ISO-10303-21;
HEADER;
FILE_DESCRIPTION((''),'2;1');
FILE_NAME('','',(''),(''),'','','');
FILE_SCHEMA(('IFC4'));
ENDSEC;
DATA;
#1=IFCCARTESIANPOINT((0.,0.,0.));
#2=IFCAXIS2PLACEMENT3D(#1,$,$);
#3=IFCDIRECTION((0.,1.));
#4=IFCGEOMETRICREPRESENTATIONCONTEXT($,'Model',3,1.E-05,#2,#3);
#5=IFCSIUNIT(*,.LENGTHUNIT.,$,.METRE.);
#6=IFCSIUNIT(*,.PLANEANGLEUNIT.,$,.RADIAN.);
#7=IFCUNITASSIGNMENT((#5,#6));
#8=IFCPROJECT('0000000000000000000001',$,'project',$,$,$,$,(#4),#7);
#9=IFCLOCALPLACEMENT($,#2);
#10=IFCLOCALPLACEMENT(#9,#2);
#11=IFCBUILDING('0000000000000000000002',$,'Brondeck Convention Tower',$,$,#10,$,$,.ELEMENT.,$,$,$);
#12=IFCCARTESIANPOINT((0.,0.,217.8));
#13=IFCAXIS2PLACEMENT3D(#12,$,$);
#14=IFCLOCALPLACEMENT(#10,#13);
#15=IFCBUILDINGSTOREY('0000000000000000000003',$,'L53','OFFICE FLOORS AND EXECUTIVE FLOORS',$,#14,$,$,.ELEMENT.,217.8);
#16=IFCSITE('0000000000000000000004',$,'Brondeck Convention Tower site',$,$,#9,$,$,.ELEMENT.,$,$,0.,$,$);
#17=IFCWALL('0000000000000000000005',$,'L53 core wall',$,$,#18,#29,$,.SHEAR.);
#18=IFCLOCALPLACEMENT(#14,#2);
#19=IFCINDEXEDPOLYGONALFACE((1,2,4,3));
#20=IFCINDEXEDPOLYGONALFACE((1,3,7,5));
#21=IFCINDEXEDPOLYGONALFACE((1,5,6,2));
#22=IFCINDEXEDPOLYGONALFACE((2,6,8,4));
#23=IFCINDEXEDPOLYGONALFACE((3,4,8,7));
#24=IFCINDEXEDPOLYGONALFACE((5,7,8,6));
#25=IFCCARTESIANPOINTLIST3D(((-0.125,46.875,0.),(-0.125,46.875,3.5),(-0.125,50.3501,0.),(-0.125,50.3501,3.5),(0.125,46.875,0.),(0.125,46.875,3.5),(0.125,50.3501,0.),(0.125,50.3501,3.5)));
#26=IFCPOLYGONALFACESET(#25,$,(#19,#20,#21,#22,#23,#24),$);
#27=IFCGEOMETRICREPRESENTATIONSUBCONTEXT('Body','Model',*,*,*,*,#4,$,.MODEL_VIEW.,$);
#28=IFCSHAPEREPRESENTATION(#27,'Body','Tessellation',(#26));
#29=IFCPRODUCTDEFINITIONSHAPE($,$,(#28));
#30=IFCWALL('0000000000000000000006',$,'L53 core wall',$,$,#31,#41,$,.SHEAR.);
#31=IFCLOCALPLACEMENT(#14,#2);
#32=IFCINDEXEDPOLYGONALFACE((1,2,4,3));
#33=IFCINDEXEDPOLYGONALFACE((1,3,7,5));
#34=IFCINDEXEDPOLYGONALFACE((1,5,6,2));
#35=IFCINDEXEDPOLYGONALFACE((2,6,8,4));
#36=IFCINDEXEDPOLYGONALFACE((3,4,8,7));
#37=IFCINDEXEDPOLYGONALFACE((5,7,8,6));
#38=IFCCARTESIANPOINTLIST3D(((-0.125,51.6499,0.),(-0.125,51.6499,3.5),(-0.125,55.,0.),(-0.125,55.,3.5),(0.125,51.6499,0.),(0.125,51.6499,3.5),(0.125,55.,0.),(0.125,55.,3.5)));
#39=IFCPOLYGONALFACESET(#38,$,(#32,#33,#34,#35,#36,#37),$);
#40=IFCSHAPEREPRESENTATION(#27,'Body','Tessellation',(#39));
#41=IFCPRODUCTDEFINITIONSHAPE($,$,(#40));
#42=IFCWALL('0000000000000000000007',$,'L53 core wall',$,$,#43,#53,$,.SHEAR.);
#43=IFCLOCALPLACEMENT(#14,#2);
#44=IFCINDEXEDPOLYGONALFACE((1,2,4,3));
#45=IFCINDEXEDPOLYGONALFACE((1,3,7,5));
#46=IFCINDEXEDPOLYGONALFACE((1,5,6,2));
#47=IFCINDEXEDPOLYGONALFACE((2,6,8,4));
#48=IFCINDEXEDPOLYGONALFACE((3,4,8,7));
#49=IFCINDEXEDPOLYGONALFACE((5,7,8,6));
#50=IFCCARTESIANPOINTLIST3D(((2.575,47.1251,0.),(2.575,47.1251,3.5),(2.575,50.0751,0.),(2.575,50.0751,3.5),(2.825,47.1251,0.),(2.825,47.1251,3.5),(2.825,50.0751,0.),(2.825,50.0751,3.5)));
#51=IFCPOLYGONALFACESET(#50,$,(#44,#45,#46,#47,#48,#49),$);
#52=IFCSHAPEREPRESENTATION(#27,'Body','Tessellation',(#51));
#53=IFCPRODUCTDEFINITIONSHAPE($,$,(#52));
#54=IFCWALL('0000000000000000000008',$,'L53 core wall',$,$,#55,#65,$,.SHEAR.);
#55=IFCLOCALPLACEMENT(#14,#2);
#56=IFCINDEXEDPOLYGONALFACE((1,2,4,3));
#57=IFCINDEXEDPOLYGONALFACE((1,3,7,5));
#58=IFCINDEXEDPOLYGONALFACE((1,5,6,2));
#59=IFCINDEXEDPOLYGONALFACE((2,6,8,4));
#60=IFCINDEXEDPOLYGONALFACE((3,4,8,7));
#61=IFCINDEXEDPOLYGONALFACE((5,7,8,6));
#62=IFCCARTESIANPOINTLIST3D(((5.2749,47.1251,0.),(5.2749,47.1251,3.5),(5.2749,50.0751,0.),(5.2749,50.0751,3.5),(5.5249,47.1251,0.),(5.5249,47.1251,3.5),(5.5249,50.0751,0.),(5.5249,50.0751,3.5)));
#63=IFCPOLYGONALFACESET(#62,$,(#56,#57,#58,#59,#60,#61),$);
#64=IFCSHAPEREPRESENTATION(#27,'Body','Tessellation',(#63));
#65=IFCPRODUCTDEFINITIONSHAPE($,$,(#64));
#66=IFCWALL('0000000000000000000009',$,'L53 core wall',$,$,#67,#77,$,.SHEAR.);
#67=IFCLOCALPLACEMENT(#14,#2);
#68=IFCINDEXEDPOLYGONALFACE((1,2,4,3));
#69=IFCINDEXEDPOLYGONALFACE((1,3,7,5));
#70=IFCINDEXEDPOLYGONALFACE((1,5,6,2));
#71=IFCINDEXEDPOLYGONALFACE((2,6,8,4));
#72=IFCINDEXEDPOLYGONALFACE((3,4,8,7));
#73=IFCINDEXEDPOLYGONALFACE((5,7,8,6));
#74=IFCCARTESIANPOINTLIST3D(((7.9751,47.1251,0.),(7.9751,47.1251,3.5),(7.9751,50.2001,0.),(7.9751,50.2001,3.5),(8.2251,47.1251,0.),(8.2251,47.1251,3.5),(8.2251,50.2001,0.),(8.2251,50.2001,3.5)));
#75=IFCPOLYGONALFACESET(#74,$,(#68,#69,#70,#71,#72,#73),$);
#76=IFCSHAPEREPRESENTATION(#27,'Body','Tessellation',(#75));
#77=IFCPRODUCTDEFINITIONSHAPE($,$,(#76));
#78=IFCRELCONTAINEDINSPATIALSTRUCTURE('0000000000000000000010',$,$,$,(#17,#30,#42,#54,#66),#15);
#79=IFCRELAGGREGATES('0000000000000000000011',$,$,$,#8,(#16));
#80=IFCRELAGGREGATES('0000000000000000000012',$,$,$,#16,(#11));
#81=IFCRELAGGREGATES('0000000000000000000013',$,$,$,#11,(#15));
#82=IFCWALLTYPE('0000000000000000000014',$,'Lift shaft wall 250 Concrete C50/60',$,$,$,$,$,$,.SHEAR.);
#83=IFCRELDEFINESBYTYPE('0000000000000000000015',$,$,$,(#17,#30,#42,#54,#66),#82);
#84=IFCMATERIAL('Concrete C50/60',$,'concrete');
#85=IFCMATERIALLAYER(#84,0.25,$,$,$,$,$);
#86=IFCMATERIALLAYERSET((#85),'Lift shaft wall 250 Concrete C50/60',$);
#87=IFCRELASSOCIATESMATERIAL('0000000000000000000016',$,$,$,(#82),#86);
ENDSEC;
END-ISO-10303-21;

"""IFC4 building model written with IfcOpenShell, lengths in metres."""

from ifc_helpers import new_model, si_unit, direction, frame, frame_2d, origin, place, context, subcontext, project, spatial, rectangle, extrude, material, layer, layer_set, type_object, element, save


model = new_model("IFC4")

# Units and contexts
model_context = context("Model", 3, precision=1e-05, world=origin(), true_north=direction((0.0, 1.0)))
body_context = subcontext(model_context, "Body", "Model", "MODEL_VIEW")
ifc_project = project(units=[si_unit("LENGTHUNIT", "METRE"), si_unit("PLANEANGLEUNIT", "RADIAN")], contexts=[model_context])

# Site, building, storey
site_placement = place(None, origin())
site = spatial("IfcSite", under=ifc_project, at=site_placement, Name="Brondeck Convention Tower site", CompositionType="ELEMENT", RefElevation=0.0)
building_placement = place(site_placement, origin())
building = spatial("IfcBuilding", under=site, at=building_placement, Name="Brondeck Convention Tower", CompositionType="ELEMENT")
storey_placement = place(building_placement, frame((0.0, 0.0, 217.8)))
storey = spatial("IfcBuildingStorey", under=building, at=storey_placement, Name="L53", Description="OFFICE FLOORS AND EXECUTIVE FLOORS", CompositionType="ELEMENT", Elevation=217.8)

# Shared definitions
ifc_material_1 = material(Name="Concrete C50/60", Category="concrete")

# Shared definitions
ifc_layer_1 = layer(ifc_material_1, 0.25)
ifc_layer_set_1 = layer_set([ifc_layer_1], Name="Lift shaft wall 250 Concrete C50/60")
wall_type_1 = type_object("IfcWallType", Name="Lift shaft wall 250 Concrete C50/60", PredefinedType="SHEAR", material=ifc_layer_set_1)

# Walls
wall_1_placement = place(storey_placement, frame((0.0, 46.875, 0.0), z_axis=(0.0, 0.0, 1.0), x_axis=(0.0, 1.0, 0.0)))
element("IfcWall", 1, at=wall_1_placement, inside=storey, type_object=wall_type_1, Name="L53 core wall", PredefinedType="SHEAR", context=body_context, shape_type="SweptSolid", body=[
    extrude(rectangle(XDim=3.4751, YDim=0.25, at=frame_2d((1.7375, 0.0))), origin(), (0.0, 0.0, 1.0), 3.5),
])
wall_2_placement = place(storey_placement, frame((0.0, 51.6499, 0.0), z_axis=(0.0, 0.0, 1.0), x_axis=(0.0, 1.0, 0.0)))
element("IfcWall", 2, at=wall_2_placement, inside=storey, type_object=wall_type_1, Name="L53 core wall", PredefinedType="SHEAR", context=body_context, shape_type="SweptSolid", body=[
    extrude(rectangle(XDim=3.3501, YDim=0.25, at=frame_2d((1.675, 0.0))), origin(), (0.0, 0.0, 1.0), 3.5),
])
for number, where, z_axis, x_axis, name in (
    (3, (2.7, 47.125, 0.0), (0.0, 0.0, 1.0), (0.0, 1.0, 0.0), "L53 core wall"),
    (4, (5.3999, 47.125, 0.0), (0.0, 0.0, 1.0), (0.0, 1.0, 0.0), "L53 core wall"),
):
    element("IfcWall", number, at=place(storey_placement, frame(where, z_axis=z_axis, x_axis=x_axis)), inside=storey, type_object=wall_type_1, Name=name, PredefinedType="SHEAR", context=body_context, shape_type="SweptSolid", body=[
        extrude(rectangle(XDim=2.95, YDim=0.25, at=frame_2d((1.4751, 0.0))), origin(), (0.0, 0.0, 1.0), 3.5),
    ])
wall_3_placement = place(storey_placement, frame((8.1001, 47.125, 0.0), z_axis=(0.0, 0.0, 1.0), x_axis=(0.0, 1.0, 0.0)))
element("IfcWall", 5, at=wall_3_placement, inside=storey, type_object=wall_type_1, Name="L53 core wall", PredefinedType="SHEAR", context=body_context, shape_type="SweptSolid", body=[
    extrude(rectangle(XDim=3.075, YDim=0.25, at=frame_2d((1.5376, 0.0))), origin(), (0.0, 0.0, 1.0), 3.5),
])

save(model, "model.ifc")
